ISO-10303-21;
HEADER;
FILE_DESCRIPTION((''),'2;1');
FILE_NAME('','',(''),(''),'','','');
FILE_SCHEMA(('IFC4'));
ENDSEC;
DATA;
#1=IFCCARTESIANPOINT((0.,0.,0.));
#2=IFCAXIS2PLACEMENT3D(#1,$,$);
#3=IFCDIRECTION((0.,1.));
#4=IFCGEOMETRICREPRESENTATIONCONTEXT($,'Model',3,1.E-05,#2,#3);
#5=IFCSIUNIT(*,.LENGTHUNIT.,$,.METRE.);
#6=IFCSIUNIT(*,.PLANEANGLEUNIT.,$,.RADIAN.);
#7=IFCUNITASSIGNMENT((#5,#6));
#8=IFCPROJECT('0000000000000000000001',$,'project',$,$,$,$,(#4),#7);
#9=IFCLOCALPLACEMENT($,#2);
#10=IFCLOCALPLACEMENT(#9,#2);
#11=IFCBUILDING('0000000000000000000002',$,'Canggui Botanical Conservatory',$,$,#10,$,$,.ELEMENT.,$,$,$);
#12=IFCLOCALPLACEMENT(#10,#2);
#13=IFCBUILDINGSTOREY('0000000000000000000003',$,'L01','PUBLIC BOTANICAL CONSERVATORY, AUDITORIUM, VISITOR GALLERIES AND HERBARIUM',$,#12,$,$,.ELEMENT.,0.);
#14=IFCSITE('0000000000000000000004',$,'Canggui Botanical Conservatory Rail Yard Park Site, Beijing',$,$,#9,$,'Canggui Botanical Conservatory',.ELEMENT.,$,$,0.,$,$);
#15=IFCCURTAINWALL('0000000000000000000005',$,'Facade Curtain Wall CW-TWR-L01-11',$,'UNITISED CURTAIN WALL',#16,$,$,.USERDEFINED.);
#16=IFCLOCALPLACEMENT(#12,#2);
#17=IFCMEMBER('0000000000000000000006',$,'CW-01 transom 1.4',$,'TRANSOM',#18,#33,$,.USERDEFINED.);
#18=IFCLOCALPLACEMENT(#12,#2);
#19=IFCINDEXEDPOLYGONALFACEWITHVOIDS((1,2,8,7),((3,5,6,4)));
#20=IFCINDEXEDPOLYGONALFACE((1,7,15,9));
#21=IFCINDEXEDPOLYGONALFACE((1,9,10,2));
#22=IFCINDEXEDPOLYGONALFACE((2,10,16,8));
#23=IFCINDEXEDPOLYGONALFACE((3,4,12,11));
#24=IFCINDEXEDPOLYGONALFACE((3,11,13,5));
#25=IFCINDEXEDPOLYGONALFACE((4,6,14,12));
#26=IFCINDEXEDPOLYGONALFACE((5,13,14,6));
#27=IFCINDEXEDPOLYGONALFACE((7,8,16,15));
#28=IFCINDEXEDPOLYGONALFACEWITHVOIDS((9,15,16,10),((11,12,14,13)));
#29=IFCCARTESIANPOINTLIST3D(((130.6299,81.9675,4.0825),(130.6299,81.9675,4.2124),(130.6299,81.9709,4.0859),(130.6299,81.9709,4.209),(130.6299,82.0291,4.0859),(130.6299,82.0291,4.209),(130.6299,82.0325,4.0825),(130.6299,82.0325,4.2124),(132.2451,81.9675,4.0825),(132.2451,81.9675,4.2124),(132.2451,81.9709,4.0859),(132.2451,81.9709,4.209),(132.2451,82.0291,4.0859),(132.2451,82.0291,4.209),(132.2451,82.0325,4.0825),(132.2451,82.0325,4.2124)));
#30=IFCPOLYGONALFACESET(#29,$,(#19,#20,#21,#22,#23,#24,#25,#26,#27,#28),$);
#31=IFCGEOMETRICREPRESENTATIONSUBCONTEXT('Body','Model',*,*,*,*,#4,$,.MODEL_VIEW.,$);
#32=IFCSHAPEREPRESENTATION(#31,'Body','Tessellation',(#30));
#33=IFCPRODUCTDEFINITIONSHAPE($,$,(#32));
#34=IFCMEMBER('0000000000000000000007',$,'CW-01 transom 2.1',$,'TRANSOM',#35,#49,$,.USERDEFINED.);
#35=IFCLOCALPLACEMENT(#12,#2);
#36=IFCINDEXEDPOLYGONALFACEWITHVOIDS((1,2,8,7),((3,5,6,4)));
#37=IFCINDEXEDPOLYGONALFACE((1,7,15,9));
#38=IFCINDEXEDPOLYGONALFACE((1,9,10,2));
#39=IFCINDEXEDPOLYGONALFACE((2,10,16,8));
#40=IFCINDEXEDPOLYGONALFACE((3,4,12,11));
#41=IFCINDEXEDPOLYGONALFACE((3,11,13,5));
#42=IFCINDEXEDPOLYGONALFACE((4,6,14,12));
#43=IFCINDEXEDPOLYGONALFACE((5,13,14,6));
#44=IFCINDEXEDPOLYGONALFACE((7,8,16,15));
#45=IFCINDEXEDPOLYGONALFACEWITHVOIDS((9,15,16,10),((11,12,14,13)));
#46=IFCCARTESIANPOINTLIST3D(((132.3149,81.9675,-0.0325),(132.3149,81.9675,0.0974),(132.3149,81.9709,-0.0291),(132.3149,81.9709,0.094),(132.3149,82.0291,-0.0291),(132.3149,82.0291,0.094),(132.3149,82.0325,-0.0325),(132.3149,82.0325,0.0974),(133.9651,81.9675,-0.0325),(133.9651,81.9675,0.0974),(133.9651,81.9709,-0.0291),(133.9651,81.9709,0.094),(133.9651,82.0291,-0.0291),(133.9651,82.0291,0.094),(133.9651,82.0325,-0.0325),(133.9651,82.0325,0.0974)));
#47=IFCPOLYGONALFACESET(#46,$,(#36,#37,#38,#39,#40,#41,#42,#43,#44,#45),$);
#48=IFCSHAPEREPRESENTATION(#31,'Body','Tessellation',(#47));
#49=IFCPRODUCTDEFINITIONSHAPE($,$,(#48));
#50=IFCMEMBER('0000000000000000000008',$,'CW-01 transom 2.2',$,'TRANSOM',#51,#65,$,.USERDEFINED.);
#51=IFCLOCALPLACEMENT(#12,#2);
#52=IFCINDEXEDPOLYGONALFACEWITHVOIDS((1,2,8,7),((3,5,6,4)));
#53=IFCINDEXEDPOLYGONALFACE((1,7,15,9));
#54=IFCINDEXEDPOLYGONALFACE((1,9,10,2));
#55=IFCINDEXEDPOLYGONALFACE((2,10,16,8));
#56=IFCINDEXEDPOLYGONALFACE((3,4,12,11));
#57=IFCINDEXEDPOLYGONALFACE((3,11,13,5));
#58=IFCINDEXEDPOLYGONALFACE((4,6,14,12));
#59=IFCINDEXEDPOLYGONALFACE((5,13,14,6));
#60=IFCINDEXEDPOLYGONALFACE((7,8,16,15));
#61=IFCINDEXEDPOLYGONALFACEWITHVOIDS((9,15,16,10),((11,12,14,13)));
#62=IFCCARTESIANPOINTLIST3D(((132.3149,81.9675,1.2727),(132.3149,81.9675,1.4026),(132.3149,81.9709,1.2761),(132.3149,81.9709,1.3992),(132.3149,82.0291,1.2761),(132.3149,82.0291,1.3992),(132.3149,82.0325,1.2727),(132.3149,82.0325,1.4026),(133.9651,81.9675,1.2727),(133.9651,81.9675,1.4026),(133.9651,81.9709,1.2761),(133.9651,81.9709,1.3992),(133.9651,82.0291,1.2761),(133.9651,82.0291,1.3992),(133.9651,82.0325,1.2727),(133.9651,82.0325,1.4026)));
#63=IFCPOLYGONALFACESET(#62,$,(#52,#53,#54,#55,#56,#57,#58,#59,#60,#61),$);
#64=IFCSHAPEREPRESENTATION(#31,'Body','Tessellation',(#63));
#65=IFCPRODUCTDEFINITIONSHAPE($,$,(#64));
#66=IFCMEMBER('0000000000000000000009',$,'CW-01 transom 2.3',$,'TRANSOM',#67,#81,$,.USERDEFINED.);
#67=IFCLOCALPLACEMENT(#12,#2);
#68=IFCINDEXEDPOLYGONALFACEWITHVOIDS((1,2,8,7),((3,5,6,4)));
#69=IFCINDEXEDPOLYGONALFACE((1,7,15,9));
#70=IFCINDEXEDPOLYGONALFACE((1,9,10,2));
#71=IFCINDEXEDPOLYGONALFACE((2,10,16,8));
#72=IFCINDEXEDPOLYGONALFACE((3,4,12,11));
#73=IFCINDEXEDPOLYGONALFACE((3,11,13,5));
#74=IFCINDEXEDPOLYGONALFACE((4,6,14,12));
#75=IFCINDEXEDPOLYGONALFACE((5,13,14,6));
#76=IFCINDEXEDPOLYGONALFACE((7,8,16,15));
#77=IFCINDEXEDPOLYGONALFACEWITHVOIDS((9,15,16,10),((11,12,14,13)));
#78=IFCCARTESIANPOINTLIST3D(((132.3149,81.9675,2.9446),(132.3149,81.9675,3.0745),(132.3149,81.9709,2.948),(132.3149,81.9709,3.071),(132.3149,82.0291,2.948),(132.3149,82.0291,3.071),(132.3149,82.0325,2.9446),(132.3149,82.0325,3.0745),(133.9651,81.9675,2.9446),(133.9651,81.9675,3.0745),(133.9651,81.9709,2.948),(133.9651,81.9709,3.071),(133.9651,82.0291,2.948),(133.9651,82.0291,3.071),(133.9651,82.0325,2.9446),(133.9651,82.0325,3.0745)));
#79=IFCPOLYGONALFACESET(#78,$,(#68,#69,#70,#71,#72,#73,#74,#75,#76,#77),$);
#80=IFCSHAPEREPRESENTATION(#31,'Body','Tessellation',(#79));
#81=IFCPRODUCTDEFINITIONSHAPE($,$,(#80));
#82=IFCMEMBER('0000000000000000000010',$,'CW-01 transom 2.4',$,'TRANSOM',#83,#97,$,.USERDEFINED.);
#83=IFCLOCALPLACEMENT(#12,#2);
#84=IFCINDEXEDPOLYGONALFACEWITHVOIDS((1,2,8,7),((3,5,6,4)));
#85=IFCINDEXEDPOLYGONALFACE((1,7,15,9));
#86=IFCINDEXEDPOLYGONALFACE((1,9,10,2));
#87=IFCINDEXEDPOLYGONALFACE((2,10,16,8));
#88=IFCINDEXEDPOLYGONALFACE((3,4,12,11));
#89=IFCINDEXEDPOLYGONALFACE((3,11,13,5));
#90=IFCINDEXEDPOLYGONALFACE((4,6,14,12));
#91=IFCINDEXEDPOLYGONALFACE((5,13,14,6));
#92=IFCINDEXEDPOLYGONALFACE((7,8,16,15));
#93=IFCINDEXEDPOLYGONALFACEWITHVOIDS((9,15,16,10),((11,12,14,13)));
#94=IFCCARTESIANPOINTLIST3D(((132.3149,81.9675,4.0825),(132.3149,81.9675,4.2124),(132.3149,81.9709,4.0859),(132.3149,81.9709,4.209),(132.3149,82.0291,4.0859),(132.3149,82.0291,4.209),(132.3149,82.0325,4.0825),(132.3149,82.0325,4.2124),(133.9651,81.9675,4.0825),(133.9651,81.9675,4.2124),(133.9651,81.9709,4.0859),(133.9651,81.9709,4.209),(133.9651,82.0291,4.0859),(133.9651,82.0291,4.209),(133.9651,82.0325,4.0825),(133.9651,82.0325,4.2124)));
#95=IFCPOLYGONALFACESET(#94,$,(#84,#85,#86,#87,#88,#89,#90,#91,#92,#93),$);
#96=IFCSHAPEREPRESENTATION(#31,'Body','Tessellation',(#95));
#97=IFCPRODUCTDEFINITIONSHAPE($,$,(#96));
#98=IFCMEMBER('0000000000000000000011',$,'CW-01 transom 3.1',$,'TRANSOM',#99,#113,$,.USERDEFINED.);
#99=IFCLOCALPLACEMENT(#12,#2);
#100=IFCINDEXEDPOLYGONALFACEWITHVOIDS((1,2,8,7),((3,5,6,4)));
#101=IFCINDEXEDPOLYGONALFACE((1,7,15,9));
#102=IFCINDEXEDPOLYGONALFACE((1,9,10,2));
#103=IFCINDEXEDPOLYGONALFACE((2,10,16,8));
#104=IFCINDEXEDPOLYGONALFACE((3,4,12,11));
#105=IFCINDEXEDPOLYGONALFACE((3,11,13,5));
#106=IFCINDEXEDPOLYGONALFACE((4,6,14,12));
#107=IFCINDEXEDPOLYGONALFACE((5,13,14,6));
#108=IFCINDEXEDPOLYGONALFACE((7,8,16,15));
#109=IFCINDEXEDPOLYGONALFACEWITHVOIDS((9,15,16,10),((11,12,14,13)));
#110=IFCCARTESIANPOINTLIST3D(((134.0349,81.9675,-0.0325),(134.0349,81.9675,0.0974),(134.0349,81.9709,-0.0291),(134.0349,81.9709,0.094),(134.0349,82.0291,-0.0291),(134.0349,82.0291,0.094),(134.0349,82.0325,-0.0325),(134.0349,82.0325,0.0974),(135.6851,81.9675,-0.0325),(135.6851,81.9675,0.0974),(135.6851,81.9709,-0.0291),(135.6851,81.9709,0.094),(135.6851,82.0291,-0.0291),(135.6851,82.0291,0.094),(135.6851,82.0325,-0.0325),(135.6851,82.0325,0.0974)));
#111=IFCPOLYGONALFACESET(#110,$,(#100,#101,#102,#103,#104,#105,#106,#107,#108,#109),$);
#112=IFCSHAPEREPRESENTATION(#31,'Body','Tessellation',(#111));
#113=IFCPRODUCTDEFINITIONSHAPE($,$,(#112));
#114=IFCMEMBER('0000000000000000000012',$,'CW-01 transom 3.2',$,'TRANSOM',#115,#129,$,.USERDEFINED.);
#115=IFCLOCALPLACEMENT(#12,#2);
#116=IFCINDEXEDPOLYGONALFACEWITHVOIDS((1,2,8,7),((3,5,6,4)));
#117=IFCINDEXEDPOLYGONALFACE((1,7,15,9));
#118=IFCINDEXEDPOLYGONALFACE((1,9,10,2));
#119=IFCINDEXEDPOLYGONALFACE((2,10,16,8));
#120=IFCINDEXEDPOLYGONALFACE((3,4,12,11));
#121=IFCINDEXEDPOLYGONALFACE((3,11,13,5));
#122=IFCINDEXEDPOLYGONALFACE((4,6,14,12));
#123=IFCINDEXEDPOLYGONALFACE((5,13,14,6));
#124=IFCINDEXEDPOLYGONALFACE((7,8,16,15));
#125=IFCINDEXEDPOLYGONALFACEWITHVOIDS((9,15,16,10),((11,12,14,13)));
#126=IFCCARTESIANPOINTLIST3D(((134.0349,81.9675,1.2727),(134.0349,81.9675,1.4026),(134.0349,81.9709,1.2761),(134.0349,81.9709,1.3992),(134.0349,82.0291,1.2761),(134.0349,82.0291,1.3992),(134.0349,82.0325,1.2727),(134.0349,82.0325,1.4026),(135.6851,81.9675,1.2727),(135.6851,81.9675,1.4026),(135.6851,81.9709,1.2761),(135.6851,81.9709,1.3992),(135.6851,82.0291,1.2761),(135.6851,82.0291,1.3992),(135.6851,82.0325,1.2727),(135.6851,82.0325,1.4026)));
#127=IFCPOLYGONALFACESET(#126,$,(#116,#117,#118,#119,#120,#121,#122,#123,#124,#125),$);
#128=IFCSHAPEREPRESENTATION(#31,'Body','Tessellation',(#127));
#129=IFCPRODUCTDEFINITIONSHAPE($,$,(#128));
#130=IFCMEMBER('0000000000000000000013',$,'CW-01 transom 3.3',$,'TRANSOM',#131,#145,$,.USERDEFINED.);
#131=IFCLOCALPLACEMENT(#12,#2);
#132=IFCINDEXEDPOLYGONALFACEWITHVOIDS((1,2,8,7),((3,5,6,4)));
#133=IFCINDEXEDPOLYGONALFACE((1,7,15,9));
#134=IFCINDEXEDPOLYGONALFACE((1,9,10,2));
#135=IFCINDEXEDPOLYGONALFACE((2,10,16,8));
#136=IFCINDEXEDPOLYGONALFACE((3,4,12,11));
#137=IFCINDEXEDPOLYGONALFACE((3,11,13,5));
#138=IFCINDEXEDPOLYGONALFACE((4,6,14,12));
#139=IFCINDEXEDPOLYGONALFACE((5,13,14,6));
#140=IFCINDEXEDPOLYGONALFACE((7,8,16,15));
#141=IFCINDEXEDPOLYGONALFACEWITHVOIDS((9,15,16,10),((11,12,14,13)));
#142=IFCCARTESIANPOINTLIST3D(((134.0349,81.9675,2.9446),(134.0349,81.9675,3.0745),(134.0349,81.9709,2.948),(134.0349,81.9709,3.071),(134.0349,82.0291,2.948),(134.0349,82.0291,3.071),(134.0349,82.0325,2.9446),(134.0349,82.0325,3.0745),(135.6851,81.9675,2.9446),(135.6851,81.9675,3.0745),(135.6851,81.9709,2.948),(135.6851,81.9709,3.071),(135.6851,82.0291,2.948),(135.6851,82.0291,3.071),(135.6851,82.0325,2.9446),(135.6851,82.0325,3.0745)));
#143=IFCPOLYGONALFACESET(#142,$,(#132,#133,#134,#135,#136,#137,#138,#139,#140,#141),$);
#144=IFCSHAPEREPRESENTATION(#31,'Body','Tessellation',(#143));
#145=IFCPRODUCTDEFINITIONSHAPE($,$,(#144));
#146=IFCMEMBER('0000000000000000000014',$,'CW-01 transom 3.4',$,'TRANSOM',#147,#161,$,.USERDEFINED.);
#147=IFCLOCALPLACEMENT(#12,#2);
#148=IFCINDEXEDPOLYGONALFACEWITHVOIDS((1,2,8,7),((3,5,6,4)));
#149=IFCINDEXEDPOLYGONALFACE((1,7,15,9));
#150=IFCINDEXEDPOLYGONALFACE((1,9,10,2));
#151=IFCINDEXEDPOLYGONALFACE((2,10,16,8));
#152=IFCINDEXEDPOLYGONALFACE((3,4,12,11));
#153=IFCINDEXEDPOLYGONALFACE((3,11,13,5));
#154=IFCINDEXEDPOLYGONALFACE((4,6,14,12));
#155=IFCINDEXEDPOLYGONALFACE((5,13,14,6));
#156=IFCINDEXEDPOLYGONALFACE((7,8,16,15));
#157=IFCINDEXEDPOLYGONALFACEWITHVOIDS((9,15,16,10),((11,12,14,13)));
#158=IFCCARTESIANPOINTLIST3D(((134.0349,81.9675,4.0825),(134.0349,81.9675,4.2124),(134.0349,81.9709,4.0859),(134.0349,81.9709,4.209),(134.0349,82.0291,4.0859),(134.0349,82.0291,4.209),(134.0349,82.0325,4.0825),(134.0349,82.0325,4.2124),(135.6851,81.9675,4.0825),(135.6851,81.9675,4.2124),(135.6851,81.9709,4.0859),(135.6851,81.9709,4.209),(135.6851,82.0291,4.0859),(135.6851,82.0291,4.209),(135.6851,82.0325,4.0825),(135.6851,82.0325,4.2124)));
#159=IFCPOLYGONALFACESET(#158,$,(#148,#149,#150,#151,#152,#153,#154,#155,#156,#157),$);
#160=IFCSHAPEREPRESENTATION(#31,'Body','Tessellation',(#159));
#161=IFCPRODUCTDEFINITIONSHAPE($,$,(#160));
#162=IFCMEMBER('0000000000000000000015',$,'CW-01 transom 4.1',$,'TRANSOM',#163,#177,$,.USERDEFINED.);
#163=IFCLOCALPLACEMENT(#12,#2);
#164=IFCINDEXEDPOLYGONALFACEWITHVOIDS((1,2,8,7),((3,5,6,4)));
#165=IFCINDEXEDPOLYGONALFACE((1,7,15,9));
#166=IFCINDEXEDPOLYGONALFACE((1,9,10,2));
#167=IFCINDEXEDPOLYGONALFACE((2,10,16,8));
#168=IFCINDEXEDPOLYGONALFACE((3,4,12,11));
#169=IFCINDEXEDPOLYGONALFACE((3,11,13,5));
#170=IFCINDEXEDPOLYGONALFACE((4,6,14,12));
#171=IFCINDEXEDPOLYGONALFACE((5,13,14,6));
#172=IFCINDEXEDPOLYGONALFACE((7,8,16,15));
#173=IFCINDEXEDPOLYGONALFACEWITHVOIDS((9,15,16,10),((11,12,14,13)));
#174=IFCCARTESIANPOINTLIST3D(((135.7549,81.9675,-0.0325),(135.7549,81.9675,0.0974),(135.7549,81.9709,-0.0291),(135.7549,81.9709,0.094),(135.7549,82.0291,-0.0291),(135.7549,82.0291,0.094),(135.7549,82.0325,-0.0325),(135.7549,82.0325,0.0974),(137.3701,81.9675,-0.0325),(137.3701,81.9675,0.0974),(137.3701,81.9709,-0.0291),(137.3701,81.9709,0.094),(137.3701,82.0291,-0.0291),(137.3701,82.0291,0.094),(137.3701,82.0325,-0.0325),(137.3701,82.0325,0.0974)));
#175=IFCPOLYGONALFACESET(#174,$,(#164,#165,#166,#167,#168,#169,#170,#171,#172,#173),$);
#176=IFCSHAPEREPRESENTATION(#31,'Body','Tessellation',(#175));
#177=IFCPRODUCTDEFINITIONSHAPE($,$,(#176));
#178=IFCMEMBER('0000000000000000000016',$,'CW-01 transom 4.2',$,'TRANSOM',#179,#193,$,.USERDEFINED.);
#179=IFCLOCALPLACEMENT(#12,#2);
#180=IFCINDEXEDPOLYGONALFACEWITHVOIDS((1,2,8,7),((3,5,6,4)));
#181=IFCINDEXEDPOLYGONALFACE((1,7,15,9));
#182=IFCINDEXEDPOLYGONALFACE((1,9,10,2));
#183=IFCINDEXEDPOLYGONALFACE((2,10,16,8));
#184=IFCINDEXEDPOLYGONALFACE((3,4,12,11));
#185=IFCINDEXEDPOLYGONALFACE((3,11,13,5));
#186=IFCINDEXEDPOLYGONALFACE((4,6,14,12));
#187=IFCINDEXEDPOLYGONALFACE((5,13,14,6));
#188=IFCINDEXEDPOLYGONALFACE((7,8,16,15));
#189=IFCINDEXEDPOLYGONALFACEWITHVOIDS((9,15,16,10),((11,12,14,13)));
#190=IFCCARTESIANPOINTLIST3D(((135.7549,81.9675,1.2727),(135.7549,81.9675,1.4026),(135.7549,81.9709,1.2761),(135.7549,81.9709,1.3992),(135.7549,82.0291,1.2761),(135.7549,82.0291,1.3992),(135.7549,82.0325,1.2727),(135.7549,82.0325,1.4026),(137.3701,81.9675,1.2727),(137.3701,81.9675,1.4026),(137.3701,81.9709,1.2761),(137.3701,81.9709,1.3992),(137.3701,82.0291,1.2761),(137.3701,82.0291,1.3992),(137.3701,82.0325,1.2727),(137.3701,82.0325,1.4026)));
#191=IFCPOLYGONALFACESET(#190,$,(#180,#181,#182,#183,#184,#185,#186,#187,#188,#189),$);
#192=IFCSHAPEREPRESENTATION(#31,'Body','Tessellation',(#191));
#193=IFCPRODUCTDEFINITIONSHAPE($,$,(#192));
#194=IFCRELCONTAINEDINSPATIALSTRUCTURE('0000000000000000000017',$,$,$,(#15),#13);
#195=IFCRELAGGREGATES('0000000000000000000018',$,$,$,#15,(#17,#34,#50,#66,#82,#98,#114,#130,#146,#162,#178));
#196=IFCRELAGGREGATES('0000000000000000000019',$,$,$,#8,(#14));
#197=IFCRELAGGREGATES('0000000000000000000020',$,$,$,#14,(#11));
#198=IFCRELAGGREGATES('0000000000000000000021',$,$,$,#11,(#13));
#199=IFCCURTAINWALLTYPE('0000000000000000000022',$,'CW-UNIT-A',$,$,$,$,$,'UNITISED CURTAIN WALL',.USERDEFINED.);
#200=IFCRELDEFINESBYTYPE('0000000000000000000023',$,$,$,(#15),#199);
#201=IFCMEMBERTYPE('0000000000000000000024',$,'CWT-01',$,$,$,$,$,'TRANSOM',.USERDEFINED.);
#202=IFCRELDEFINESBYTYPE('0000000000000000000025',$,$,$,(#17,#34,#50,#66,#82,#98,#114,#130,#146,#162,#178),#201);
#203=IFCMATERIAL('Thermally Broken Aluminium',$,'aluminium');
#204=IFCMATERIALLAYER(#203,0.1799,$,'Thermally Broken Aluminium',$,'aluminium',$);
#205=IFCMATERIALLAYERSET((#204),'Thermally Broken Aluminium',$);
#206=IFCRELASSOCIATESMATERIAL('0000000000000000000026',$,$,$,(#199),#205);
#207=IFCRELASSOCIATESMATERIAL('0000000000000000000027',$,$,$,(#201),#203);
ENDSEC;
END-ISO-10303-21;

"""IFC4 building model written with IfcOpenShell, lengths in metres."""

from ifc_helpers import new_model, si_unit, direction, frame, origin, origin_2d, place, context, subcontext, project, spatial, hollow_rectangle, extrude, material, layer, layer_set, material_profile, profile_set, type_object, element, aggregate, save


model = new_model("IFC4")

# Units and contexts
model_context = context("Model", 3, precision=1e-05, world=origin(), true_north=direction((0.0, 1.0)))
body_context = subcontext(model_context, "Body", "Model", "MODEL_VIEW")
ifc_project = project(units=[si_unit("LENGTHUNIT", "METRE"), si_unit("PLANEANGLEUNIT", "RADIAN")], contexts=[model_context])

# Site, building, storey
site_placement = place(None, origin())
site = spatial("IfcSite", under=ifc_project, at=site_placement, Name="Canggui Botanical Conservatory Rail Yard Park Site, Beijing", LongName="Canggui Botanical Conservatory", CompositionType="ELEMENT", RefElevation=0.0)
building_placement = place(site_placement, origin())
building = spatial("IfcBuilding", under=site, at=building_placement, Name="Canggui Botanical Conservatory", CompositionType="ELEMENT")
storey_placement = place(building_placement, origin())
storey = spatial("IfcBuildingStorey", under=building, at=storey_placement, Name="L01", Description="PUBLIC BOTANICAL CONSERVATORY, AUDITORIUM, VISITOR GALLERIES AND HERBARIUM", CompositionType="ELEMENT", Elevation=0.0)

# Curtain wall, members
ifc_material_1 = material(Name="Thermally Broken Aluminium", Category="aluminium")
ifc_layer_1 = layer(ifc_material_1, 0.1799, Name="Thermally Broken Aluminium", Category="aluminium")
ifc_layer_set_1 = layer_set([ifc_layer_1], Name="Thermally Broken Aluminium")
curtain_wall_type = type_object("IfcCurtainWallType", Name="CW-UNIT-A", ElementType="UNITISED CURTAIN WALL", PredefinedType="USERDEFINED", material=ifc_layer_set_1)
curtain_wall_placement = place(storey_placement, origin())
curtain_wall = element("IfcCurtainWall", 1, at=curtain_wall_placement, inside=storey, type_object=curtain_wall_type, Name="Facade Curtain Wall CW-TWR-L01-11", ObjectType="UNITISED CURTAIN WALL", PredefinedType="USERDEFINED")
ifc_material_profile_1 = material_profile(ifc_material_1, hollow_rectangle(XDim=0.0649, YDim=0.1299, WallThickness=0.0034, at=origin_2d()), Name="CWT 65x130x3.5")
ifc_profile_set_1 = profile_set([ifc_material_profile_1], Name="Thermally Broken Aluminium")
member_type_1 = type_object("IfcMemberType", Name="CWT-01", ElementType="TRANSOM", PredefinedType="USERDEFINED", material=ifc_profile_set_1)
member_1_placement = place(storey_placement, frame((130.6299, 82.0, 4.1475), z_axis=(1.0, 0.0, 0.0), x_axis=(0.0, 1.0, 0.0)))
member_1 = element("IfcMember", 2, at=member_1_placement, type_object=member_type_1, Name="CW-01 transom 1.4", ObjectType="TRANSOM", PredefinedType="USERDEFINED", context=body_context, shape_type="SweptSolid", body=[
    extrude(hollow_rectangle(XDim=0.0649, YDim=0.1299, WallThickness=0.0034, at=origin_2d()), origin(), (0.0, 0.0, 1.0), 1.6152),
])
member_2_placement = place(storey_placement, frame((132.3149, 82.0, 0.0325), z_axis=(1.0, 0.0, 0.0), x_axis=(0.0, 1.0, 0.0)))
member_2 = element("IfcMember", 3, at=member_2_placement, type_object=member_type_1, Name="CW-01 transom 2.1", ObjectType="TRANSOM", PredefinedType="USERDEFINED", context=body_context, shape_type="SweptSolid", body=[
    extrude(hollow_rectangle(XDim=0.0649, YDim=0.1299, WallThickness=0.0034, at=origin_2d()), origin(), (0.0, 0.0, 1.0), 1.6501),
])
member_3_placement = place(storey_placement, frame((132.3149, 82.0, 1.3376), z_axis=(1.0, 0.0, 0.0), x_axis=(0.0, 1.0, 0.0)))
member_3 = element("IfcMember", 4, at=member_3_placement, type_object=member_type_1, Name="CW-01 transom 2.2", ObjectType="TRANSOM", PredefinedType="USERDEFINED", context=body_context, shape_type="SweptSolid", body=[
    extrude(hollow_rectangle(XDim=0.0649, YDim=0.1299, WallThickness=0.0034, at=origin_2d()), origin(), (0.0, 0.0, 1.0), 1.6501),
])
member_4_placement = place(storey_placement, frame((132.3149, 82.0, 3.0095), z_axis=(1.0, 0.0, 0.0), x_axis=(0.0, 1.0, 0.0)))
member_4 = element("IfcMember", 5, at=member_4_placement, type_object=member_type_1, Name="CW-01 transom 2.3", ObjectType="TRANSOM", PredefinedType="USERDEFINED", context=body_context, shape_type="SweptSolid", body=[
    extrude(hollow_rectangle(XDim=0.0649, YDim=0.1299, WallThickness=0.0034, at=origin_2d()), origin(), (0.0, 0.0, 1.0), 1.6501),
])
member_5_placement = place(storey_placement, frame((132.3149, 82.0, 4.1475), z_axis=(1.0, 0.0, 0.0), x_axis=(0.0, 1.0, 0.0)))
member_5 = element("IfcMember", 6, at=member_5_placement, type_object=member_type_1, Name="CW-01 transom 2.4", ObjectType="TRANSOM", PredefinedType="USERDEFINED", context=body_context, shape_type="SweptSolid", body=[
    extrude(hollow_rectangle(XDim=0.0649, YDim=0.1299, WallThickness=0.0034, at=origin_2d()), origin(), (0.0, 0.0, 1.0), 1.6501),
])
member_6_placement = place(storey_placement, frame((134.0349, 82.0, 0.0325), z_axis=(1.0, 0.0, 0.0), x_axis=(0.0, 1.0, 0.0)))
member_6 = element("IfcMember", 7, at=member_6_placement, type_object=member_type_1, Name="CW-01 transom 3.1", ObjectType="TRANSOM", PredefinedType="USERDEFINED", context=body_context, shape_type="SweptSolid", body=[
    extrude(hollow_rectangle(XDim=0.0649, YDim=0.1299, WallThickness=0.0034, at=origin_2d()), origin(), (0.0, 0.0, 1.0), 1.6501),
])
member_7_placement = place(storey_placement, frame((134.0349, 82.0, 1.3376), z_axis=(1.0, 0.0, 0.0), x_axis=(0.0, 1.0, 0.0)))
member_7 = element("IfcMember", 8, at=member_7_placement, type_object=member_type_1, Name="CW-01 transom 3.2", ObjectType="TRANSOM", PredefinedType="USERDEFINED", context=body_context, shape_type="SweptSolid", body=[
    extrude(hollow_rectangle(XDim=0.0649, YDim=0.1299, WallThickness=0.0034, at=origin_2d()), origin(), (0.0, 0.0, 1.0), 1.6501),
])
member_8_placement = place(storey_placement, frame((134.0349, 82.0, 3.0095), z_axis=(1.0, 0.0, 0.0), x_axis=(0.0, 1.0, 0.0)))
member_8 = element("IfcMember", 9, at=member_8_placement, type_object=member_type_1, Name="CW-01 transom 3.3", ObjectType="TRANSOM", PredefinedType="USERDEFINED", context=body_context, shape_type="SweptSolid", body=[
    extrude(hollow_rectangle(XDim=0.0649, YDim=0.1299, WallThickness=0.0034, at=origin_2d()), origin(), (0.0, 0.0, 1.0), 1.6501),
])
member_9_placement = place(storey_placement, frame((134.0349, 82.0, 4.1475), z_axis=(1.0, 0.0, 0.0), x_axis=(0.0, 1.0, 0.0)))
member_9 = element("IfcMember", 10, at=member_9_placement, type_object=member_type_1, Name="CW-01 transom 3.4", ObjectType="TRANSOM", PredefinedType="USERDEFINED", context=body_context, shape_type="SweptSolid", body=[
    extrude(hollow_rectangle(XDim=0.0649, YDim=0.1299, WallThickness=0.0034, at=origin_2d()), origin(), (0.0, 0.0, 1.0), 1.6501),
])
member_10_placement = place(storey_placement, frame((135.7549, 82.0, 0.0325), z_axis=(1.0, 0.0, 0.0), x_axis=(0.0, 1.0, 0.0)))
member_10 = element("IfcMember", 11, at=member_10_placement, type_object=member_type_1, Name="CW-01 transom 4.1", ObjectType="TRANSOM", PredefinedType="USERDEFINED", context=body_context, shape_type="SweptSolid", body=[
    extrude(hollow_rectangle(XDim=0.0649, YDim=0.1299, WallThickness=0.0034, at=origin_2d()), origin(), (0.0, 0.0, 1.0), 1.6152),
])
member_11_placement = place(storey_placement, frame((135.7549, 82.0, 1.3376), z_axis=(1.0, 0.0, 0.0), x_axis=(0.0, 1.0, 0.0)))
member_11 = element("IfcMember", 12, at=member_11_placement, type_object=member_type_1, Name="CW-01 transom 4.2", ObjectType="TRANSOM", PredefinedType="USERDEFINED", context=body_context, shape_type="SweptSolid", body=[
    extrude(hollow_rectangle(XDim=0.0649, YDim=0.1299, WallThickness=0.0034, at=origin_2d()), origin(), (0.0, 0.0, 1.0), 1.6152),
])
aggregate(curtain_wall, [member_1, member_2, member_3, member_4, member_5, member_6, member_7, member_8, member_9, member_10, member_11])

save(model, "model.ifc")
